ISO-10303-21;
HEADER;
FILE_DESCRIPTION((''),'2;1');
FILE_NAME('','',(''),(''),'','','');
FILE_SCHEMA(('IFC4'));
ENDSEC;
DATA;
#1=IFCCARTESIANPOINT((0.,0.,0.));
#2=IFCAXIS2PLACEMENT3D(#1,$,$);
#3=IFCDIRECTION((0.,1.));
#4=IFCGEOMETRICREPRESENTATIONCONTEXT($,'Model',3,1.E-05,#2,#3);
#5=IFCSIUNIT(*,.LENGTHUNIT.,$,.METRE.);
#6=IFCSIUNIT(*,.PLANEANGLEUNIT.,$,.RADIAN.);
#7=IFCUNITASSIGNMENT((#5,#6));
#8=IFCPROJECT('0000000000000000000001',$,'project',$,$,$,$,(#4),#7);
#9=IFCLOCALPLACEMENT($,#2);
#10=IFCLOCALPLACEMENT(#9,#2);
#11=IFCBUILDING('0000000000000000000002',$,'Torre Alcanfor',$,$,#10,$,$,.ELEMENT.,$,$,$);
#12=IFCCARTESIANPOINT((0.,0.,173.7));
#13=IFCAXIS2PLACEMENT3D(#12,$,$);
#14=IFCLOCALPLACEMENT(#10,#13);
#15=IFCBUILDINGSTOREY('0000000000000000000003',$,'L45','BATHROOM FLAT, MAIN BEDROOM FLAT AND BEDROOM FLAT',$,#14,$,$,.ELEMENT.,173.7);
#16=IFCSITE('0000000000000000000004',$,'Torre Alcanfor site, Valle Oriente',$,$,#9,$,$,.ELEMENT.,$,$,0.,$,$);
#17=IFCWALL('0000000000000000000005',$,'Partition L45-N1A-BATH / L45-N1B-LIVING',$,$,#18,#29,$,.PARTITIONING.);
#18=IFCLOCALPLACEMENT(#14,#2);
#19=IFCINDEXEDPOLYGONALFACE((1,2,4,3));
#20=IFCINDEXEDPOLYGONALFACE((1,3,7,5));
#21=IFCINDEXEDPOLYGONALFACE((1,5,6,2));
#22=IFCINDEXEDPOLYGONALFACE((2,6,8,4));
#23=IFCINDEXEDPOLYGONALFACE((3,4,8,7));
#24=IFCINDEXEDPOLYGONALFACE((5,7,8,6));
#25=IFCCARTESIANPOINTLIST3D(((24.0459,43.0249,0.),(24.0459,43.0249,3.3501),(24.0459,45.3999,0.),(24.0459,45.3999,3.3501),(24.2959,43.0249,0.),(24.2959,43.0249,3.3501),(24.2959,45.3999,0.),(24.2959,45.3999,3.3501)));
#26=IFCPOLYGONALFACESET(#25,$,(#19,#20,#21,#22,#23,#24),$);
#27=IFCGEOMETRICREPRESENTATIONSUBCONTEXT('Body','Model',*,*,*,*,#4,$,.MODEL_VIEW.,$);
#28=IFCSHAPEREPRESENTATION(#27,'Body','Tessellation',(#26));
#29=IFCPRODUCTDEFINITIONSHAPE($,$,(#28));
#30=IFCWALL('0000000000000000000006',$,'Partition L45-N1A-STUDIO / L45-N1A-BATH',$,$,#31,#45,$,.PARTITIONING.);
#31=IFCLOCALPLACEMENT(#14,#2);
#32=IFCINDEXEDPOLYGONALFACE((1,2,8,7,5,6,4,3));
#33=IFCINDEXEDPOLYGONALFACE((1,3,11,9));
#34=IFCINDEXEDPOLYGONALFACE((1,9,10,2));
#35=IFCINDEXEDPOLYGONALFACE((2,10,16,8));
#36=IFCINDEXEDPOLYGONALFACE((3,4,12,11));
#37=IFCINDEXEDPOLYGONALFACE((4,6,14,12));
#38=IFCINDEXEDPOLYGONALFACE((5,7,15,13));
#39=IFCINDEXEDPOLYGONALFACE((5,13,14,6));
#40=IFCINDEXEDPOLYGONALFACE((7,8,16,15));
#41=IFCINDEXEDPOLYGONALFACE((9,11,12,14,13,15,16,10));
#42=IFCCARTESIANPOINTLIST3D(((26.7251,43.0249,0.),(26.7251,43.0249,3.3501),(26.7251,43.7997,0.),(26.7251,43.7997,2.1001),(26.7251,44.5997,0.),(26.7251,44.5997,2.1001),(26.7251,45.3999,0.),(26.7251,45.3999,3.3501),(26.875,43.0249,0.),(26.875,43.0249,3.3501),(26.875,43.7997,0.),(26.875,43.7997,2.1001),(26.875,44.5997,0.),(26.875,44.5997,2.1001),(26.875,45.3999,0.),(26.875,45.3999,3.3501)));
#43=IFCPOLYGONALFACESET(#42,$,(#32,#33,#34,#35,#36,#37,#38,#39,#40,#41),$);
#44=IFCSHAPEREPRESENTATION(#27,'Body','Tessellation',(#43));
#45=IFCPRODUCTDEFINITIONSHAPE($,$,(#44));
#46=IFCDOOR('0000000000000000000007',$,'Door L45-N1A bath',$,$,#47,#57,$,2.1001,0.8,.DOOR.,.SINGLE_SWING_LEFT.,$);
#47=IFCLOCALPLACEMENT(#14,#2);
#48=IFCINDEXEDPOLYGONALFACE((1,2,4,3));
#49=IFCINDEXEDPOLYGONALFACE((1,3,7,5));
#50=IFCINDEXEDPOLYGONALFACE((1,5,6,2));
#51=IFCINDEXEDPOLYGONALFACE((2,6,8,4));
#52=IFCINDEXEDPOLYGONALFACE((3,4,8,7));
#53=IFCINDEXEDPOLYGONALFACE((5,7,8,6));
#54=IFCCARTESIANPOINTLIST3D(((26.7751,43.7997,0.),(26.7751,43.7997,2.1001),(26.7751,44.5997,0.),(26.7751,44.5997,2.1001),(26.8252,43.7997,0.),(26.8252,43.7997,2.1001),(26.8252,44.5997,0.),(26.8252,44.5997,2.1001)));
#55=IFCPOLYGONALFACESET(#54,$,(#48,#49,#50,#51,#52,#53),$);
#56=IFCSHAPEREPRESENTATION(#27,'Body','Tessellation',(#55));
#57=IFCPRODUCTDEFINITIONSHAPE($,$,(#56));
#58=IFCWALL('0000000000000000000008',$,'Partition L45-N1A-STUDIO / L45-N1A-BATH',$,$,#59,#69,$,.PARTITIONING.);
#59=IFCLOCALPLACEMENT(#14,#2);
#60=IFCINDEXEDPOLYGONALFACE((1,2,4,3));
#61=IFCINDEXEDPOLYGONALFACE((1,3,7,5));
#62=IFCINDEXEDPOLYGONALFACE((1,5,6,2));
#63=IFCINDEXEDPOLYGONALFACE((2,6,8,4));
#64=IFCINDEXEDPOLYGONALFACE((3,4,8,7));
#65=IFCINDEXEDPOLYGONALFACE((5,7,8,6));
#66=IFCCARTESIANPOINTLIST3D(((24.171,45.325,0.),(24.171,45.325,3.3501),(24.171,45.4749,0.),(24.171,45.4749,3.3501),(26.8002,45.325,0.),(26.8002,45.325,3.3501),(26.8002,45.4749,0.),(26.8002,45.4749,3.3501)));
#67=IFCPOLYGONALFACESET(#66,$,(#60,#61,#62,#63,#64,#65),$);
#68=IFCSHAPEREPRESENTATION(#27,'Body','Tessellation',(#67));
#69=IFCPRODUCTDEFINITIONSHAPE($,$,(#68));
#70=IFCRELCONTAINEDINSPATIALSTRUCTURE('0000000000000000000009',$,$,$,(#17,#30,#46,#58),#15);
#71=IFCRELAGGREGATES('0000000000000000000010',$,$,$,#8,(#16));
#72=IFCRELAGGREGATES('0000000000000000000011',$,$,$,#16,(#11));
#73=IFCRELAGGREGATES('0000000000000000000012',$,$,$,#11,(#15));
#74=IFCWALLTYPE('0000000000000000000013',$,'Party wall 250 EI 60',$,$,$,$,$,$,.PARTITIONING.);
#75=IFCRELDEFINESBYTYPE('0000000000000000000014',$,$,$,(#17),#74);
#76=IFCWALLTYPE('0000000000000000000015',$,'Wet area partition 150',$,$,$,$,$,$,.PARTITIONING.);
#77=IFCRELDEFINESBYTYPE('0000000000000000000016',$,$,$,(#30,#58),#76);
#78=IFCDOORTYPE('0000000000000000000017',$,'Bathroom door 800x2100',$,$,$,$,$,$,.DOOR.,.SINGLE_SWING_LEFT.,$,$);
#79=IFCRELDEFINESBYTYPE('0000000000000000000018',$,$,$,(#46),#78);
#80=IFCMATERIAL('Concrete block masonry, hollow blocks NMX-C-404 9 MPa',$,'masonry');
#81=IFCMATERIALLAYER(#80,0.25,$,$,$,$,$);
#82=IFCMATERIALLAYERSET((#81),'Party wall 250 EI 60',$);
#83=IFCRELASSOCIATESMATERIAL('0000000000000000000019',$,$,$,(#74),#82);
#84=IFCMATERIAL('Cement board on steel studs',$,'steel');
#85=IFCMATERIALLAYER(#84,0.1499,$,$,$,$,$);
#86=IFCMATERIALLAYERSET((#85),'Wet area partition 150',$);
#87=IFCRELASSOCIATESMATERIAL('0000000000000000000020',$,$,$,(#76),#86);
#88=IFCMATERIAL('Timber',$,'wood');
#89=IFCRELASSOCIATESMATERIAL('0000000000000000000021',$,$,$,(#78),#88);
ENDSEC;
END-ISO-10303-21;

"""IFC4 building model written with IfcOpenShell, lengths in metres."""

from ifc_helpers import new_model, si_unit, direction, frame, frame_2d, origin, place, context, subcontext, project, spatial, rectangle, extrude, material, layer, layer_set, type_object, element, fill, save


model = new_model("IFC4")

# Units and contexts
model_context = context("Model", 3, precision=1e-05, world=origin(), true_north=direction((0.0, 1.0)))
body_context = subcontext(model_context, "Body", "Model", "MODEL_VIEW")
ifc_project = project(units=[si_unit("LENGTHUNIT", "METRE"), si_unit("PLANEANGLEUNIT", "RADIAN")], contexts=[model_context])

# Site, building, storey
site_placement = place(None, origin())
site = spatial("IfcSite", under=ifc_project, at=site_placement, Name="Torre Alcanfor site, Valle Oriente", CompositionType="ELEMENT", RefElevation=0.0)
building_placement = place(site_placement, origin())
building = spatial("IfcBuilding", under=site, at=building_placement, Name="Torre Alcanfor", CompositionType="ELEMENT")
storey_placement = place(building_placement, frame((0.0, 0.0, 173.7)))
storey = spatial("IfcBuildingStorey", under=building, at=storey_placement, Name="L45", Description="BATHROOM FLAT, MAIN BEDROOM FLAT AND BEDROOM FLAT", CompositionType="ELEMENT", Elevation=173.7)

# Wall
ifc_material_1 = material(Name="Concrete block masonry, hollow blocks NMX-C-404 9 MPa", Category="masonry")
ifc_layer_1 = layer(ifc_material_1, 0.25)
ifc_layer_set_1 = layer_set([ifc_layer_1], Name="Party wall 250 EI 60")
wall_type_1 = type_object("IfcWallType", Name="Party wall 250 EI 60", PredefinedType="PARTITIONING", material=ifc_layer_set_1)
wall_1_placement = place(storey_placement, frame((24.1709, 45.3999, 0.0), z_axis=(0.0, 0.0, 1.0), x_axis=(0.0, -1.0, 0.0)))
element("IfcWall", 1, at=wall_1_placement, inside=storey, type_object=wall_type_1, Name="Partition L45-N1A-BATH / L45-N1B-LIVING", PredefinedType="PARTITIONING", context=body_context, shape_type="SweptSolid", body=[
    extrude(rectangle(XDim=2.375, YDim=0.25, at=frame_2d((1.1875, 0.0))), origin(), (0.0, 0.0, 1.0), 3.3501),
])

# Wall, opening, door
ifc_material_2 = material(Name="Cement board on steel studs", Category="steel")
ifc_layer_2 = layer(ifc_material_2, 0.1499)
ifc_layer_set_2 = layer_set([ifc_layer_2], Name="Wet area partition 150")
wall_type_2 = type_object("IfcWallType", Name="Wet area partition 150", PredefinedType="PARTITIONING", material=ifc_layer_set_2)
wall_2_placement = place(storey_placement, frame((26.8, 43.0249, 0.0), z_axis=(0.0, 0.0, 1.0), x_axis=(0.0, 1.0, 0.0)))
wall_2 = element("IfcWall", 2, at=wall_2_placement, inside=storey, type_object=wall_type_2, Name="Partition L45-N1A-STUDIO / L45-N1A-BATH", PredefinedType="PARTITIONING", context=body_context, shape_type="SweptSolid", body=[
    extrude(rectangle(XDim=2.375, YDim=0.1499, at=frame_2d((1.1875, 0.0))), origin(), (0.0, 0.0, 1.0), 3.3501),
])
opening_1_placement = place(wall_2_placement, frame((0.7749, 0.0, 0.0)))
opening_1 = element("IfcOpeningElement", 3, at=opening_1_placement, cuts=wall_2, PredefinedType="OPENING", context=body_context, shape_type="SweptSolid", body=[
    extrude(rectangle(XDim=0.8, YDim=2.1001, at=frame_2d((0.3999, 1.05))), frame((0.0, 0.085, 0.0), z_axis=(0.0, -1.0, 0.0), x_axis=(1.0, 0.0, 0.0)), (0.0, 0.0, 1.0), 0.1699),
])
ifc_material_3 = material(Name="Timber", Category="wood")
door_type_1 = type_object("IfcDoorType", Name="Bathroom door 800x2100", OperationType="SINGLE_SWING_LEFT", PredefinedType="DOOR", material=ifc_material_3)
door_1_placement = place(opening_1_placement, origin())
door_1 = element("IfcDoor", 4, at=door_1_placement, inside=storey, type_object=door_type_1, Name="Door L45-N1A bath", OperationType="SINGLE_SWING_LEFT", OverallHeight=2.1001, OverallWidth=0.8, PredefinedType="DOOR", context=body_context, shape_type="SweptSolid", body=[
    extrude(rectangle(XDim=0.8, YDim=2.1001, at=frame_2d((0.3999, 1.05))), frame((0.0, 0.0249, 0.0), z_axis=(0.0, -1.0, 0.0), x_axis=(1.0, 0.0, 0.0)), (0.0, 0.0, 1.0), 0.05),
])
fill(opening_1, door_1)

# Wall
wall_3_placement = place(storey_placement, frame((26.8, 45.3999, 0.0), z_axis=(0.0, 0.0, 1.0), x_axis=(-1.0, 0.0, 0.0)))
element("IfcWall", 5, at=wall_3_placement, inside=storey, type_object=wall_type_2, Name="Partition L45-N1A-STUDIO / L45-N1A-BATH", PredefinedType="PARTITIONING", context=body_context, shape_type="SweptSolid", body=[
    extrude(rectangle(XDim=2.6292, YDim=0.1499, at=frame_2d((1.3145, 0.0))), origin(), (0.0, 0.0, 1.0), 3.3501),
])

save(model, "model.ifc")
